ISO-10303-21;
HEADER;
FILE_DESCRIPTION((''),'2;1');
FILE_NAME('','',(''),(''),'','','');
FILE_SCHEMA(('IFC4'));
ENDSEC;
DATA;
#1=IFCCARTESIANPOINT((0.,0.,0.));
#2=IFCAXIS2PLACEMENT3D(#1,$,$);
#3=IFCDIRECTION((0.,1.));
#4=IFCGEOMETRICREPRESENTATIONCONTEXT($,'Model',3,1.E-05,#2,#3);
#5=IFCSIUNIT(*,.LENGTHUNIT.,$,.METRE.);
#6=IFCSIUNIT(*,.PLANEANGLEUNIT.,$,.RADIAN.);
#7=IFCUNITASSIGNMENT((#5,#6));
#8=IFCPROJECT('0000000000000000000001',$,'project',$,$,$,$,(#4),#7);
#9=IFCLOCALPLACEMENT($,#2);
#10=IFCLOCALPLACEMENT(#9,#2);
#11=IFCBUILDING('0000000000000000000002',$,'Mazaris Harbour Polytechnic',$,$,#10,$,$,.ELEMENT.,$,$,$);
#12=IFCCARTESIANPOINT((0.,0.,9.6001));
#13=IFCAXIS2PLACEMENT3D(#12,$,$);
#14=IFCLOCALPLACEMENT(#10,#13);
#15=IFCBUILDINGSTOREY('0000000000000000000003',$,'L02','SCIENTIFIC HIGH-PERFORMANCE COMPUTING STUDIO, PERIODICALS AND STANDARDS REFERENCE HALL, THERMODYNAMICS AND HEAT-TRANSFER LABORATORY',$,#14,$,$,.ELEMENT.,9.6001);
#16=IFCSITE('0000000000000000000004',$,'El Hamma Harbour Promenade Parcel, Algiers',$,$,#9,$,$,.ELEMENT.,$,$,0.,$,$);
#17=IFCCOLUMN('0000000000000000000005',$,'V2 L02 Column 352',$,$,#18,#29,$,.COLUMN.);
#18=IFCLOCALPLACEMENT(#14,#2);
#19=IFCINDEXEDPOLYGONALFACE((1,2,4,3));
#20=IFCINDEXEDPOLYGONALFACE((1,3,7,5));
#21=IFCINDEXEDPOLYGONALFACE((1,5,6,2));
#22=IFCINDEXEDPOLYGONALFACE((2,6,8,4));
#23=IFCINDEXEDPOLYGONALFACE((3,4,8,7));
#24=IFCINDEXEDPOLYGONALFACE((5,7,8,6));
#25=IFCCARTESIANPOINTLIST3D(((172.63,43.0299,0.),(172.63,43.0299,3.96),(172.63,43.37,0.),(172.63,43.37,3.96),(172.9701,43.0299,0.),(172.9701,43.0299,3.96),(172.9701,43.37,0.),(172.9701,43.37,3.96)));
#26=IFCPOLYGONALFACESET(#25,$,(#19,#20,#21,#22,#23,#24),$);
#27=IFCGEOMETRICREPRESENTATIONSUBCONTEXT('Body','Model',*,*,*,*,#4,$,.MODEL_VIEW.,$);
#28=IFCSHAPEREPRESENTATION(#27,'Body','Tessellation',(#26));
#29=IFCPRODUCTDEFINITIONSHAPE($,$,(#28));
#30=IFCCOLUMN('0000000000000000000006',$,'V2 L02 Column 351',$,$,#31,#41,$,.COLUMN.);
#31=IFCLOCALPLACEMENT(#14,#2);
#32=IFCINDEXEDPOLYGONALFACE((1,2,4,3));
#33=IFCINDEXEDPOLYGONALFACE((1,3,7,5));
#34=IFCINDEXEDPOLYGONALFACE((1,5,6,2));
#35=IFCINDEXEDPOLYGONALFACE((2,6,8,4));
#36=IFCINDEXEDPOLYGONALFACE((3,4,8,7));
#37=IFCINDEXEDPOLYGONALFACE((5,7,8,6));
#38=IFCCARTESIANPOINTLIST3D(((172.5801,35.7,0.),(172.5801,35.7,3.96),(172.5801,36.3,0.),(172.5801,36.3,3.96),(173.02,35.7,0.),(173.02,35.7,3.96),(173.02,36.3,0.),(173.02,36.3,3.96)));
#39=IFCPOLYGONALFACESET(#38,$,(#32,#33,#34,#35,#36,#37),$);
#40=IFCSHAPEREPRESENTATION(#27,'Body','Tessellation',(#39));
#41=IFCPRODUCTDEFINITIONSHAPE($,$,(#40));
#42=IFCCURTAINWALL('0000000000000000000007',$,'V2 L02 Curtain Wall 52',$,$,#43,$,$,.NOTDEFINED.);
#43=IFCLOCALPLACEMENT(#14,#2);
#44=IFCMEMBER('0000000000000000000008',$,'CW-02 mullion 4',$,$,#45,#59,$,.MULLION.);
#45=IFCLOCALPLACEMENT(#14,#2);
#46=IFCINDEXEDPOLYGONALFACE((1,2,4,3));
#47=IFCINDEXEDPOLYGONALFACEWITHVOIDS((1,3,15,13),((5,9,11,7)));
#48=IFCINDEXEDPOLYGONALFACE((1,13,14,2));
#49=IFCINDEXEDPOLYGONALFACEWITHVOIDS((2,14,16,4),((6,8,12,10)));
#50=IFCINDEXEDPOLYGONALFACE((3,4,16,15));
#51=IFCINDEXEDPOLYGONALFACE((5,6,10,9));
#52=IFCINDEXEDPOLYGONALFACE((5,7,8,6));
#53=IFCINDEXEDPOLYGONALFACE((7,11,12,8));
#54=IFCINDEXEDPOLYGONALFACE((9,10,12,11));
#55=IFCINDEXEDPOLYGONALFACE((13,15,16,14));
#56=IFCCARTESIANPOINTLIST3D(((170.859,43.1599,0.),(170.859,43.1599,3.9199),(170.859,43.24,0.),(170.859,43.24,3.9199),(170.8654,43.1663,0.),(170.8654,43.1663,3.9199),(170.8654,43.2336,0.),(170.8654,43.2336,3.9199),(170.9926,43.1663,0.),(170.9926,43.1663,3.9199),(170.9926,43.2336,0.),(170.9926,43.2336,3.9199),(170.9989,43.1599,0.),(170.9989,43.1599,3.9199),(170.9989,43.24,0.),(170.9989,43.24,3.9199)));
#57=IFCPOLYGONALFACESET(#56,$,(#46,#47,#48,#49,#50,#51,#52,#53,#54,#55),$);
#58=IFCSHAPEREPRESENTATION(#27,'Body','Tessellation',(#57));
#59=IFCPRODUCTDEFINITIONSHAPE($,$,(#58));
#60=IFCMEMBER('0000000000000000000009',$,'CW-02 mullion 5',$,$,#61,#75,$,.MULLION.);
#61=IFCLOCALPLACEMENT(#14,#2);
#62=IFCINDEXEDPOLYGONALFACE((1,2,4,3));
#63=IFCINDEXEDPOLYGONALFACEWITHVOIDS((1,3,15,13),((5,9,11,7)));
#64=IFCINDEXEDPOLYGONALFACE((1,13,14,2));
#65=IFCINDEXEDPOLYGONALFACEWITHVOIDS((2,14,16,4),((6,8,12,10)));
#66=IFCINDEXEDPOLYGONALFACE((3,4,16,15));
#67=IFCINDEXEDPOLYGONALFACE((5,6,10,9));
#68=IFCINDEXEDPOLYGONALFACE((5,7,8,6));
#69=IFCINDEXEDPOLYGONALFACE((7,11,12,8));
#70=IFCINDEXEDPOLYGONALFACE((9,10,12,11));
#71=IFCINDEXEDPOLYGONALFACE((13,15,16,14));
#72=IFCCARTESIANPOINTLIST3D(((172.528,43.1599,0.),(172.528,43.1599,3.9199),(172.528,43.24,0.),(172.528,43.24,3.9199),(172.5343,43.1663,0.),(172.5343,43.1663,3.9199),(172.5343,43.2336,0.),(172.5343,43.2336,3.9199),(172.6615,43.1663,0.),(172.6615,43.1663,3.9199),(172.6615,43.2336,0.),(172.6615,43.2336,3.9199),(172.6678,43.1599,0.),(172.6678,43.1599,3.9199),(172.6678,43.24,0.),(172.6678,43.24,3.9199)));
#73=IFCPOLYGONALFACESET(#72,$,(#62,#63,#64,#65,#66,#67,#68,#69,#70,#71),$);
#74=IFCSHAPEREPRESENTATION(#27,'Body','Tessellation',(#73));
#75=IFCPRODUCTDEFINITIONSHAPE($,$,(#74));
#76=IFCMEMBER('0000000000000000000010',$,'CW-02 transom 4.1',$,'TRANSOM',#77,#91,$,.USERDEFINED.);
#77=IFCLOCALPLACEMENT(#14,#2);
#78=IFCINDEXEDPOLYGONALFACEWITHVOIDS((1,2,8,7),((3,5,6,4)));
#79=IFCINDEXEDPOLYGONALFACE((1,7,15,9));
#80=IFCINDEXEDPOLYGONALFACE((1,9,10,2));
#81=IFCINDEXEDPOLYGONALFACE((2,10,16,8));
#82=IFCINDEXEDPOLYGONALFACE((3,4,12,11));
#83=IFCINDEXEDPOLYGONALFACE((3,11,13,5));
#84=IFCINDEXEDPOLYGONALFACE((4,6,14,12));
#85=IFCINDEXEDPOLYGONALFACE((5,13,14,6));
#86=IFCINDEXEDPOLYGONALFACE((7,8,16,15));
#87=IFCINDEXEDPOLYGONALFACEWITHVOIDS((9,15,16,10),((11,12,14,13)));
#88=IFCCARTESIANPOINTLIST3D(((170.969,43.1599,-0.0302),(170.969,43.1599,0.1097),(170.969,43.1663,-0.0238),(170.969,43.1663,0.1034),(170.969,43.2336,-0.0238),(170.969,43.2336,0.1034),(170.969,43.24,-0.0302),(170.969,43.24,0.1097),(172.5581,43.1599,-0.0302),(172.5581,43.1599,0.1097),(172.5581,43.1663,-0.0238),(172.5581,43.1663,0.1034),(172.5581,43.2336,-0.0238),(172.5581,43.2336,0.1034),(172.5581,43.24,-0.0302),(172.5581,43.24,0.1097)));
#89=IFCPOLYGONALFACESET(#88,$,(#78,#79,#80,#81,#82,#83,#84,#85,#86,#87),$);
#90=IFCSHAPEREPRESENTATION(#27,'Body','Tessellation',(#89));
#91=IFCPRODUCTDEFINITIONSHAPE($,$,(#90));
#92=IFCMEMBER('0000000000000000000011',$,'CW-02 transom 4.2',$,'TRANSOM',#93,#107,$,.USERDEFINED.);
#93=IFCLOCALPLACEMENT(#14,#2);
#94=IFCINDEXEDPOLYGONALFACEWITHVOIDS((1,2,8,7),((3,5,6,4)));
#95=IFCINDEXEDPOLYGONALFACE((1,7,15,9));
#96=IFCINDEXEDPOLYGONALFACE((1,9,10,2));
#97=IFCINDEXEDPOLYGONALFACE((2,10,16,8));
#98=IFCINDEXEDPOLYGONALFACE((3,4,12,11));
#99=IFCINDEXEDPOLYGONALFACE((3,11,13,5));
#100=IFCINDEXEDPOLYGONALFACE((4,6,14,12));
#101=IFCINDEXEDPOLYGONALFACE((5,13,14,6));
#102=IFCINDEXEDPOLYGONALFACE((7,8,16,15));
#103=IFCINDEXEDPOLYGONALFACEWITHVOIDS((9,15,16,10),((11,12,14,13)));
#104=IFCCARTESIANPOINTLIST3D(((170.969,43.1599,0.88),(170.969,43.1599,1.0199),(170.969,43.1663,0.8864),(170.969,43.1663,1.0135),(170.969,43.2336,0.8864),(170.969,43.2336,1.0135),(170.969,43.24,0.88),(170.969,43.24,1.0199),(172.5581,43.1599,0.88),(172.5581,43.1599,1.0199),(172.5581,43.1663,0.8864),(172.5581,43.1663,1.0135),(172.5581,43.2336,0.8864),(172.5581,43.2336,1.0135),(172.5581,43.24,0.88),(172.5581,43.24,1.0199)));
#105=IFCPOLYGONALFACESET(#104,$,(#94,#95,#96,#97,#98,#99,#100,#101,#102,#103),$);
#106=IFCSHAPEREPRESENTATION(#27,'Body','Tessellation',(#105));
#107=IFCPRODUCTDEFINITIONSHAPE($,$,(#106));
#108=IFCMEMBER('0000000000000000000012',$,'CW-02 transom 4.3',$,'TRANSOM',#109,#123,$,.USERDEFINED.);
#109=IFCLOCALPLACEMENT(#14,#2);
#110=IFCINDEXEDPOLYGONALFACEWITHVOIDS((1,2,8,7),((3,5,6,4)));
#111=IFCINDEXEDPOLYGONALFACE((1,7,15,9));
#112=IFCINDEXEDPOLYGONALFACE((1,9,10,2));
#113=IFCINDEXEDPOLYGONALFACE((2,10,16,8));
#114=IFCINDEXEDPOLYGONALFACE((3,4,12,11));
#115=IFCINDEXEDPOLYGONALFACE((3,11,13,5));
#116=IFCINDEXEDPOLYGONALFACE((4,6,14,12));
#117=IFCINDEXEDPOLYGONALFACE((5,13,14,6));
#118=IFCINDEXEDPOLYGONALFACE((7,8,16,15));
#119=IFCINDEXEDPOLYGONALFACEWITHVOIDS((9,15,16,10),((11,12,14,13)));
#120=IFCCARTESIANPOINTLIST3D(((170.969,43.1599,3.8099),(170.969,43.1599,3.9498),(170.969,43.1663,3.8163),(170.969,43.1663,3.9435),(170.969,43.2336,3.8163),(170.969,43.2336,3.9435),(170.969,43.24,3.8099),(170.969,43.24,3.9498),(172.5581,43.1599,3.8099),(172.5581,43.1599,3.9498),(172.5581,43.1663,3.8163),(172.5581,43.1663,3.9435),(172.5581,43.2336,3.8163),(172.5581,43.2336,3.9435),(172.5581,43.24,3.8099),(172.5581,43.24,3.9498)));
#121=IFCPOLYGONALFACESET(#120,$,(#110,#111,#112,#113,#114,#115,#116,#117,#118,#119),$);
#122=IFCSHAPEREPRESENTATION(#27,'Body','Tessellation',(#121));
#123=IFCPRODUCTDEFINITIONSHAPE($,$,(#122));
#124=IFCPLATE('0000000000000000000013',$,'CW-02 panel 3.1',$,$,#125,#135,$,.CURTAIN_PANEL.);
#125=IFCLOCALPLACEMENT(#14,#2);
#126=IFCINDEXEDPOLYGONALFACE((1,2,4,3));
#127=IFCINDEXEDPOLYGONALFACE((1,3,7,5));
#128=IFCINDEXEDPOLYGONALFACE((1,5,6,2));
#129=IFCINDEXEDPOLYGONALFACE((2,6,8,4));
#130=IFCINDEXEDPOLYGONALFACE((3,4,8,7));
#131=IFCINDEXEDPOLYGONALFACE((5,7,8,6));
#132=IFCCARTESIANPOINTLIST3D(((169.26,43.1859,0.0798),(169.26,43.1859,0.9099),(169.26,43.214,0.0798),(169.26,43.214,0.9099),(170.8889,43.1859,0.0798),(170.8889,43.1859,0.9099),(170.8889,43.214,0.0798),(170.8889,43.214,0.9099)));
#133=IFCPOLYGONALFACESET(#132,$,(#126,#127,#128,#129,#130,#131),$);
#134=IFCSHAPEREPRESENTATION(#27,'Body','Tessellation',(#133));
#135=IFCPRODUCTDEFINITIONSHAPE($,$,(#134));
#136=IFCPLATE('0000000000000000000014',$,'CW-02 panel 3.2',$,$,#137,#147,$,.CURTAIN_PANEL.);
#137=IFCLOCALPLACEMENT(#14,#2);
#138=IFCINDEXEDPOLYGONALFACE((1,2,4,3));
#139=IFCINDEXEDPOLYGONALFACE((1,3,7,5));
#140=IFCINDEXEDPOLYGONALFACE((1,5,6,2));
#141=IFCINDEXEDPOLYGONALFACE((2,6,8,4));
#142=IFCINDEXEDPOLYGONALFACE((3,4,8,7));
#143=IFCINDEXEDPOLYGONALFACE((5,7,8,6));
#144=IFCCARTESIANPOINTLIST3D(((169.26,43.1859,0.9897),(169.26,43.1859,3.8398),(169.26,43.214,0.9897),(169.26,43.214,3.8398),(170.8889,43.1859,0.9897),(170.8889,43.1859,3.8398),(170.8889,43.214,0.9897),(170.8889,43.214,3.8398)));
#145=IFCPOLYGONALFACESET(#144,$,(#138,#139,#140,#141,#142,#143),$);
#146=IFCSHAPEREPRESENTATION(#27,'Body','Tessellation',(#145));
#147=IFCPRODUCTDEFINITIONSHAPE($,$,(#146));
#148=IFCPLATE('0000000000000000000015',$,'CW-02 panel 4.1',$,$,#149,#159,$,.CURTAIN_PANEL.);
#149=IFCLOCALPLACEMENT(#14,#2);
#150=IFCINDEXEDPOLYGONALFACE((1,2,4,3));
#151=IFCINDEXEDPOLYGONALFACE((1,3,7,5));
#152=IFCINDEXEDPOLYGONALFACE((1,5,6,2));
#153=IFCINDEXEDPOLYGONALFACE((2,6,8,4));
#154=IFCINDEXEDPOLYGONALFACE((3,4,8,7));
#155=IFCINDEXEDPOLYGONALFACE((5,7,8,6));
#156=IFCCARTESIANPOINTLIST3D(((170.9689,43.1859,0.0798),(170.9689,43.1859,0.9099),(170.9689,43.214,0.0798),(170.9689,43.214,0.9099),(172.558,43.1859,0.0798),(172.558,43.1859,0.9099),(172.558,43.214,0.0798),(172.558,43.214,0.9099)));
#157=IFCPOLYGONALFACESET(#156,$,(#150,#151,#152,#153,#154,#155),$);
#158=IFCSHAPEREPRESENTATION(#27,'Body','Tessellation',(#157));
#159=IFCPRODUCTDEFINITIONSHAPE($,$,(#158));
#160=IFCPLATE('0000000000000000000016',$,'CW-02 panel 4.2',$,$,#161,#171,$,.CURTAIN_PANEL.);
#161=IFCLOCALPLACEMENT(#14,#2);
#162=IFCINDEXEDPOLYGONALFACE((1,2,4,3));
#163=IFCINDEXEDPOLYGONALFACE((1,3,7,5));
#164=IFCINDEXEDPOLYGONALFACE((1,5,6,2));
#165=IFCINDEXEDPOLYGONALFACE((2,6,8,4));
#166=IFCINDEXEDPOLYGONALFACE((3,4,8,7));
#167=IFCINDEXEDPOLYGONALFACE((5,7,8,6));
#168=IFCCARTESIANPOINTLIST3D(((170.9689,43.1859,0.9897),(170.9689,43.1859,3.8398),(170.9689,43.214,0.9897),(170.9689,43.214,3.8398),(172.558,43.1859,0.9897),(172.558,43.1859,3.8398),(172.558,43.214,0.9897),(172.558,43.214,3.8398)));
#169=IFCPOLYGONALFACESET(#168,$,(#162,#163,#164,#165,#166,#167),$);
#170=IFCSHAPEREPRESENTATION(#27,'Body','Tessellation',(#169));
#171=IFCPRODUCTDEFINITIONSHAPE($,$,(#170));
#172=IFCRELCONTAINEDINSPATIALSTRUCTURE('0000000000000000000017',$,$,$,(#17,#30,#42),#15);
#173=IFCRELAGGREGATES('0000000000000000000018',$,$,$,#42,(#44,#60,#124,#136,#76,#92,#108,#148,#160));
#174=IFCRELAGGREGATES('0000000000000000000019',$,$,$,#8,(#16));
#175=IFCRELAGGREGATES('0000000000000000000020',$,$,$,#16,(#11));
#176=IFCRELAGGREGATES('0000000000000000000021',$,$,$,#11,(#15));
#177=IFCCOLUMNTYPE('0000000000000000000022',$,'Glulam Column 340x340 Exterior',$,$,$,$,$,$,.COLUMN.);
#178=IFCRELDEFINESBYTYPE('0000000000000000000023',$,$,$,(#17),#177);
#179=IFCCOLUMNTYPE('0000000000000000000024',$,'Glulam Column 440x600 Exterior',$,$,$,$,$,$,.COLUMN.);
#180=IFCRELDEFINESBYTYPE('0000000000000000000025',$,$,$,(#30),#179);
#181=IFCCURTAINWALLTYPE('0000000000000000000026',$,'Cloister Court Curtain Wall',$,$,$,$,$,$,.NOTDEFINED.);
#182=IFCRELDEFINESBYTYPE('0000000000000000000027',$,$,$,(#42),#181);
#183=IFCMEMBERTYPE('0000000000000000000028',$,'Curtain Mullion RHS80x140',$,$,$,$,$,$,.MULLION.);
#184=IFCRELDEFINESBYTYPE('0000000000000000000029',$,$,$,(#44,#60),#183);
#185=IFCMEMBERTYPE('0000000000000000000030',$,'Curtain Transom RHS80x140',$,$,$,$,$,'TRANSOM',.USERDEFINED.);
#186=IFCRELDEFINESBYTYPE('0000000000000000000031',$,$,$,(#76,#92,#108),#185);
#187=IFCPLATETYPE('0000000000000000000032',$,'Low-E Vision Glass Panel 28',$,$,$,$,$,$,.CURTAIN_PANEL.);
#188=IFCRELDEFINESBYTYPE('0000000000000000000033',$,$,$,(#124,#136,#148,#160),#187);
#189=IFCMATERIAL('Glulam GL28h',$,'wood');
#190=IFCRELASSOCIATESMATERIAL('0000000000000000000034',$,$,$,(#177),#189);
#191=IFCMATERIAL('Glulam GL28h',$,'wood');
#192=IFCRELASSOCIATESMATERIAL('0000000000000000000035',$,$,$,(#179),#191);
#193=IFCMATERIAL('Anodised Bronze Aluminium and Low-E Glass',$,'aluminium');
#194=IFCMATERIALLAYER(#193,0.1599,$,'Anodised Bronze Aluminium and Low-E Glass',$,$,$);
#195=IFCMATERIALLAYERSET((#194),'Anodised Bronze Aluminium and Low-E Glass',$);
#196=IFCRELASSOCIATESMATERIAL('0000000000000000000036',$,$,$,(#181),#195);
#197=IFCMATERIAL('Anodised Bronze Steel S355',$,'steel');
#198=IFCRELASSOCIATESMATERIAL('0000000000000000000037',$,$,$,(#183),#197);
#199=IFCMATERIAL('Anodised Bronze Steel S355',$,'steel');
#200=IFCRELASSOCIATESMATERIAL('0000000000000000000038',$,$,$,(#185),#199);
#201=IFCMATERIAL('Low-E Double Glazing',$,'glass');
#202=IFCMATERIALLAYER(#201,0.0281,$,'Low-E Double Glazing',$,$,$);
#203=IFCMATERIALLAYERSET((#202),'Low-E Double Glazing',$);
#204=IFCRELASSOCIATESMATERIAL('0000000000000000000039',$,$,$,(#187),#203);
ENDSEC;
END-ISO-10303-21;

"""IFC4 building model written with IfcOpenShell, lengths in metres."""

from ifc_helpers import new_model, si_unit, direction, frame, origin, origin_2d, place, context, subcontext, project, spatial, rectangle, hollow_rectangle, extrude, material, layer, layer_set, material_profile, profile_set, type_object, element, aggregate, save


model = new_model("IFC4")

# Units and contexts
model_context = context("Model", 3, precision=1e-05, world=origin(), true_north=direction((0.0, 1.0)))
body_context = subcontext(model_context, "Body", "Model", "MODEL_VIEW")
ifc_project = project(units=[si_unit("LENGTHUNIT", "METRE"), si_unit("PLANEANGLEUNIT", "RADIAN")], contexts=[model_context])

# Site, building, storey
site_placement = place(None, origin())
site = spatial("IfcSite", under=ifc_project, at=site_placement, Name="El Hamma Harbour Promenade Parcel, Algiers", CompositionType="ELEMENT", RefElevation=0.0)
building_placement = place(site_placement, origin())
building = spatial("IfcBuilding", under=site, at=building_placement, Name="Mazaris Harbour Polytechnic", CompositionType="ELEMENT")
storey_placement = place(building_placement, frame((0.0, 0.0, 9.6001)))
storey = spatial("IfcBuildingStorey", under=building, at=storey_placement, Name="L02", Description="SCIENTIFIC HIGH-PERFORMANCE COMPUTING STUDIO, PERIODICALS AND STANDARDS REFERENCE HALL, THERMODYNAMICS AND HEAT-TRANSFER LABORATORY", CompositionType="ELEMENT", Elevation=9.6001)

# Columns
ifc_material_1 = material(Name="Glulam GL28h", Category="wood")
ifc_material_profile_1 = material_profile(ifc_material_1, rectangle(XDim=0.3401, YDim=0.3401, at=origin_2d()), Name="RECT340x340")
ifc_profile_set_1 = profile_set([ifc_material_profile_1], Name="Glulam GL28h")
column_type_1 = type_object("IfcColumnType", Name="Glulam Column 340x340 Exterior", PredefinedType="COLUMN", material=ifc_profile_set_1)
column_1_placement = place(storey_placement, frame((172.8, 43.2, 0.0), z_axis=(0.0, 0.0, 1.0), x_axis=(1.0, 0.0, 0.0)))
element("IfcColumn", 1, at=column_1_placement, inside=storey, type_object=column_type_1, Name="V2 L02 Column 352", PredefinedType="COLUMN", context=body_context, shape_type="SweptSolid", body=[
    extrude(rectangle(XDim=0.3401, YDim=0.3401, at=origin_2d()), origin(), (0.0, 0.0, 1.0), 3.96),
])
ifc_material_2 = material(Name="Glulam GL28h", Category="wood")
ifc_material_profile_2 = material_profile(ifc_material_2, rectangle(XDim=0.4399, YDim=0.6001, at=origin_2d()), Name="RECT440x600")
ifc_profile_set_2 = profile_set([ifc_material_profile_2], Name="Glulam GL28h")
column_type_2 = type_object("IfcColumnType", Name="Glulam Column 440x600 Exterior", PredefinedType="COLUMN", material=ifc_profile_set_2)
column_2_placement = place(storey_placement, frame((172.8, 36.0, 0.0), z_axis=(0.0, 0.0, 1.0), x_axis=(1.0, 0.0, 0.0)))
element("IfcColumn", 2, at=column_2_placement, inside=storey, type_object=column_type_2, Name="V2 L02 Column 351", PredefinedType="COLUMN", context=body_context, shape_type="SweptSolid", body=[
    extrude(rectangle(XDim=0.4399, YDim=0.6001, at=origin_2d()), origin(), (0.0, 0.0, 1.0), 3.96),
])

# Curtain wall, members, plates
ifc_material_3 = material(Name="Anodised Bronze Aluminium and Low-E Glass", Category="aluminium")
ifc_layer_1 = layer(ifc_material_3, 0.1599, Name="Anodised Bronze Aluminium and Low-E Glass")
ifc_layer_set_1 = layer_set([ifc_layer_1], Name="Anodised Bronze Aluminium and Low-E Glass")
curtain_wall_type = type_object("IfcCurtainWallType", Name="Cloister Court Curtain Wall", PredefinedType="NOTDEFINED", material=ifc_layer_set_1)
curtain_wall_placement = place(storey_placement, origin())
curtain_wall = element("IfcCurtainWall", 3, at=curtain_wall_placement, inside=storey, type_object=curtain_wall_type, Name="V2 L02 Curtain Wall 52", PredefinedType="NOTDEFINED")
ifc_material_4 = material(Name="Anodised Bronze Steel S355", Category="steel")
ifc_material_profile_3 = material_profile(ifc_material_4, hollow_rectangle(XDim=0.0801, YDim=0.1399, WallThickness=0.0063, at=origin_2d()), Name="RHS 80x140x6.3")
ifc_profile_set_3 = profile_set([ifc_material_profile_3], Name="Anodised Bronze Steel S355")
member_type_1 = type_object("IfcMemberType", Name="Curtain Mullion RHS80x140", PredefinedType="MULLION", material=ifc_profile_set_3)
member_1_placement = place(storey_placement, frame((170.929, 43.2, 0.0), z_axis=(0.0, 0.0, 1.0), x_axis=(0.0, 1.0, 0.0)))
member_1 = element("IfcMember", 4, at=member_1_placement, type_object=member_type_1, Name="CW-02 mullion 4", PredefinedType="MULLION", context=body_context, shape_type="SweptSolid", body=[
    extrude(hollow_rectangle(XDim=0.0801, YDim=0.1399, WallThickness=0.0063, at=origin_2d()), origin(), (0.0, 0.0, 1.0), 3.9199),
])
member_2_placement = place(storey_placement, frame((172.5979, 43.2, 0.0), z_axis=(0.0, 0.0, 1.0), x_axis=(0.0, 1.0, 0.0)))
member_2 = element("IfcMember", 5, at=member_2_placement, type_object=member_type_1, Name="CW-02 mullion 5", PredefinedType="MULLION", context=body_context, shape_type="SweptSolid", body=[
    extrude(hollow_rectangle(XDim=0.0801, YDim=0.1399, WallThickness=0.0063, at=origin_2d()), origin(), (0.0, 0.0, 1.0), 3.9199),
])
ifc_material_5 = material(Name="Anodised Bronze Steel S355", Category="steel")
ifc_material_profile_4 = material_profile(ifc_material_5, hollow_rectangle(XDim=0.0801, YDim=0.1399, WallThickness=0.0063, at=origin_2d()), Name="RHS 80x140x6.3")
ifc_profile_set_4 = profile_set([ifc_material_profile_4], Name="Anodised Bronze Steel S355")
member_type_2 = type_object("IfcMemberType", Name="Curtain Transom RHS80x140", ElementType="TRANSOM", PredefinedType="USERDEFINED", material=ifc_profile_set_4)
member_3_placement = place(storey_placement, frame((170.969, 43.2, 0.0398), z_axis=(1.0, 0.0, 0.0), x_axis=(0.0, 1.0, 0.0)))
member_3 = element("IfcMember", 6, at=member_3_placement, type_object=member_type_2, Name="CW-02 transom 4.1", ObjectType="TRANSOM", PredefinedType="USERDEFINED", context=body_context, shape_type="SweptSolid", body=[
    extrude(hollow_rectangle(XDim=0.0801, YDim=0.1399, WallThickness=0.0063, at=origin_2d()), origin(), (0.0, 0.0, 1.0), 1.5891),
])
member_4_placement = place(storey_placement, frame((170.969, 43.2, 0.95), z_axis=(1.0, 0.0, 0.0), x_axis=(0.0, 1.0, 0.0)))
member_4 = element("IfcMember", 7, at=member_4_placement, type_object=member_type_2, Name="CW-02 transom 4.2", ObjectType="TRANSOM", PredefinedType="USERDEFINED", context=body_context, shape_type="SweptSolid", body=[
    extrude(hollow_rectangle(XDim=0.0801, YDim=0.1399, WallThickness=0.0063, at=origin_2d()), origin(), (0.0, 0.0, 1.0), 1.5891),
])
member_5_placement = place(storey_placement, frame((170.969, 43.2, 3.8799), z_axis=(1.0, 0.0, 0.0), x_axis=(0.0, 1.0, 0.0)))
member_5 = element("IfcMember", 8, at=member_5_placement, type_object=member_type_2, Name="CW-02 transom 4.3", ObjectType="TRANSOM", PredefinedType="USERDEFINED", context=body_context, shape_type="SweptSolid", body=[
    extrude(hollow_rectangle(XDim=0.0801, YDim=0.1399, WallThickness=0.0063, at=origin_2d()), origin(), (0.0, 0.0, 1.0), 1.5891),
])
ifc_material_6 = material(Name="Low-E Double Glazing", Category="glass")
ifc_layer_2 = layer(ifc_material_6, 0.0281, Name="Low-E Double Glazing")
ifc_layer_set_2 = layer_set([ifc_layer_2], Name="Low-E Double Glazing")
plate_type = type_object("IfcPlateType", Name="Low-E Vision Glass Panel 28", PredefinedType="CURTAIN_PANEL", material=ifc_layer_set_2)
plate_1_placement = place(storey_placement, frame((170.0745, 43.2, 0.0798), z_axis=(0.0, 0.0, 1.0), x_axis=(1.0, 0.0, 0.0)))
plate_1 = element("IfcPlate", 9, at=plate_1_placement, type_object=plate_type, Name="CW-02 panel 3.1", PredefinedType="CURTAIN_PANEL", context=body_context, shape_type="SweptSolid", body=[
    extrude(rectangle(XDim=1.6289, YDim=0.0281, at=origin_2d()), origin(), (0.0, 0.0, 1.0), 0.8301),
])
plate_2_placement = place(storey_placement, frame((170.0745, 43.2, 0.9897), z_axis=(0.0, 0.0, 1.0), x_axis=(1.0, 0.0, 0.0)))
plate_2 = element("IfcPlate", 10, at=plate_2_placement, type_object=plate_type, Name="CW-02 panel 3.2", PredefinedType="CURTAIN_PANEL", context=body_context, shape_type="SweptSolid", body=[
    extrude(rectangle(XDim=1.6289, YDim=0.0281, at=origin_2d()), origin(), (0.0, 0.0, 1.0), 2.8501),
])
plate_3_placement = place(storey_placement, frame((171.7634, 43.2, 0.0798), z_axis=(0.0, 0.0, 1.0), x_axis=(1.0, 0.0, 0.0)))
plate_3 = element("IfcPlate", 11, at=plate_3_placement, type_object=plate_type, Name="CW-02 panel 4.1", PredefinedType="CURTAIN_PANEL", context=body_context, shape_type="SweptSolid", body=[
    extrude(rectangle(XDim=1.5891, YDim=0.0281, at=origin_2d()), origin(), (0.0, 0.0, 1.0), 0.8301),
])
plate_4_placement = place(storey_placement, frame((171.7634, 43.2, 0.9897), z_axis=(0.0, 0.0, 1.0), x_axis=(1.0, 0.0, 0.0)))
plate_4 = element("IfcPlate", 12, at=plate_4_placement, type_object=plate_type, Name="CW-02 panel 4.2", PredefinedType="CURTAIN_PANEL", context=body_context, shape_type="SweptSolid", body=[
    extrude(rectangle(XDim=1.5891, YDim=0.0281, at=origin_2d()), origin(), (0.0, 0.0, 1.0), 2.8501),
])
aggregate(curtain_wall, [member_1, member_2, plate_1, plate_2, member_3, member_4, member_5, plate_3, plate_4])

save(model, "model.ifc")
